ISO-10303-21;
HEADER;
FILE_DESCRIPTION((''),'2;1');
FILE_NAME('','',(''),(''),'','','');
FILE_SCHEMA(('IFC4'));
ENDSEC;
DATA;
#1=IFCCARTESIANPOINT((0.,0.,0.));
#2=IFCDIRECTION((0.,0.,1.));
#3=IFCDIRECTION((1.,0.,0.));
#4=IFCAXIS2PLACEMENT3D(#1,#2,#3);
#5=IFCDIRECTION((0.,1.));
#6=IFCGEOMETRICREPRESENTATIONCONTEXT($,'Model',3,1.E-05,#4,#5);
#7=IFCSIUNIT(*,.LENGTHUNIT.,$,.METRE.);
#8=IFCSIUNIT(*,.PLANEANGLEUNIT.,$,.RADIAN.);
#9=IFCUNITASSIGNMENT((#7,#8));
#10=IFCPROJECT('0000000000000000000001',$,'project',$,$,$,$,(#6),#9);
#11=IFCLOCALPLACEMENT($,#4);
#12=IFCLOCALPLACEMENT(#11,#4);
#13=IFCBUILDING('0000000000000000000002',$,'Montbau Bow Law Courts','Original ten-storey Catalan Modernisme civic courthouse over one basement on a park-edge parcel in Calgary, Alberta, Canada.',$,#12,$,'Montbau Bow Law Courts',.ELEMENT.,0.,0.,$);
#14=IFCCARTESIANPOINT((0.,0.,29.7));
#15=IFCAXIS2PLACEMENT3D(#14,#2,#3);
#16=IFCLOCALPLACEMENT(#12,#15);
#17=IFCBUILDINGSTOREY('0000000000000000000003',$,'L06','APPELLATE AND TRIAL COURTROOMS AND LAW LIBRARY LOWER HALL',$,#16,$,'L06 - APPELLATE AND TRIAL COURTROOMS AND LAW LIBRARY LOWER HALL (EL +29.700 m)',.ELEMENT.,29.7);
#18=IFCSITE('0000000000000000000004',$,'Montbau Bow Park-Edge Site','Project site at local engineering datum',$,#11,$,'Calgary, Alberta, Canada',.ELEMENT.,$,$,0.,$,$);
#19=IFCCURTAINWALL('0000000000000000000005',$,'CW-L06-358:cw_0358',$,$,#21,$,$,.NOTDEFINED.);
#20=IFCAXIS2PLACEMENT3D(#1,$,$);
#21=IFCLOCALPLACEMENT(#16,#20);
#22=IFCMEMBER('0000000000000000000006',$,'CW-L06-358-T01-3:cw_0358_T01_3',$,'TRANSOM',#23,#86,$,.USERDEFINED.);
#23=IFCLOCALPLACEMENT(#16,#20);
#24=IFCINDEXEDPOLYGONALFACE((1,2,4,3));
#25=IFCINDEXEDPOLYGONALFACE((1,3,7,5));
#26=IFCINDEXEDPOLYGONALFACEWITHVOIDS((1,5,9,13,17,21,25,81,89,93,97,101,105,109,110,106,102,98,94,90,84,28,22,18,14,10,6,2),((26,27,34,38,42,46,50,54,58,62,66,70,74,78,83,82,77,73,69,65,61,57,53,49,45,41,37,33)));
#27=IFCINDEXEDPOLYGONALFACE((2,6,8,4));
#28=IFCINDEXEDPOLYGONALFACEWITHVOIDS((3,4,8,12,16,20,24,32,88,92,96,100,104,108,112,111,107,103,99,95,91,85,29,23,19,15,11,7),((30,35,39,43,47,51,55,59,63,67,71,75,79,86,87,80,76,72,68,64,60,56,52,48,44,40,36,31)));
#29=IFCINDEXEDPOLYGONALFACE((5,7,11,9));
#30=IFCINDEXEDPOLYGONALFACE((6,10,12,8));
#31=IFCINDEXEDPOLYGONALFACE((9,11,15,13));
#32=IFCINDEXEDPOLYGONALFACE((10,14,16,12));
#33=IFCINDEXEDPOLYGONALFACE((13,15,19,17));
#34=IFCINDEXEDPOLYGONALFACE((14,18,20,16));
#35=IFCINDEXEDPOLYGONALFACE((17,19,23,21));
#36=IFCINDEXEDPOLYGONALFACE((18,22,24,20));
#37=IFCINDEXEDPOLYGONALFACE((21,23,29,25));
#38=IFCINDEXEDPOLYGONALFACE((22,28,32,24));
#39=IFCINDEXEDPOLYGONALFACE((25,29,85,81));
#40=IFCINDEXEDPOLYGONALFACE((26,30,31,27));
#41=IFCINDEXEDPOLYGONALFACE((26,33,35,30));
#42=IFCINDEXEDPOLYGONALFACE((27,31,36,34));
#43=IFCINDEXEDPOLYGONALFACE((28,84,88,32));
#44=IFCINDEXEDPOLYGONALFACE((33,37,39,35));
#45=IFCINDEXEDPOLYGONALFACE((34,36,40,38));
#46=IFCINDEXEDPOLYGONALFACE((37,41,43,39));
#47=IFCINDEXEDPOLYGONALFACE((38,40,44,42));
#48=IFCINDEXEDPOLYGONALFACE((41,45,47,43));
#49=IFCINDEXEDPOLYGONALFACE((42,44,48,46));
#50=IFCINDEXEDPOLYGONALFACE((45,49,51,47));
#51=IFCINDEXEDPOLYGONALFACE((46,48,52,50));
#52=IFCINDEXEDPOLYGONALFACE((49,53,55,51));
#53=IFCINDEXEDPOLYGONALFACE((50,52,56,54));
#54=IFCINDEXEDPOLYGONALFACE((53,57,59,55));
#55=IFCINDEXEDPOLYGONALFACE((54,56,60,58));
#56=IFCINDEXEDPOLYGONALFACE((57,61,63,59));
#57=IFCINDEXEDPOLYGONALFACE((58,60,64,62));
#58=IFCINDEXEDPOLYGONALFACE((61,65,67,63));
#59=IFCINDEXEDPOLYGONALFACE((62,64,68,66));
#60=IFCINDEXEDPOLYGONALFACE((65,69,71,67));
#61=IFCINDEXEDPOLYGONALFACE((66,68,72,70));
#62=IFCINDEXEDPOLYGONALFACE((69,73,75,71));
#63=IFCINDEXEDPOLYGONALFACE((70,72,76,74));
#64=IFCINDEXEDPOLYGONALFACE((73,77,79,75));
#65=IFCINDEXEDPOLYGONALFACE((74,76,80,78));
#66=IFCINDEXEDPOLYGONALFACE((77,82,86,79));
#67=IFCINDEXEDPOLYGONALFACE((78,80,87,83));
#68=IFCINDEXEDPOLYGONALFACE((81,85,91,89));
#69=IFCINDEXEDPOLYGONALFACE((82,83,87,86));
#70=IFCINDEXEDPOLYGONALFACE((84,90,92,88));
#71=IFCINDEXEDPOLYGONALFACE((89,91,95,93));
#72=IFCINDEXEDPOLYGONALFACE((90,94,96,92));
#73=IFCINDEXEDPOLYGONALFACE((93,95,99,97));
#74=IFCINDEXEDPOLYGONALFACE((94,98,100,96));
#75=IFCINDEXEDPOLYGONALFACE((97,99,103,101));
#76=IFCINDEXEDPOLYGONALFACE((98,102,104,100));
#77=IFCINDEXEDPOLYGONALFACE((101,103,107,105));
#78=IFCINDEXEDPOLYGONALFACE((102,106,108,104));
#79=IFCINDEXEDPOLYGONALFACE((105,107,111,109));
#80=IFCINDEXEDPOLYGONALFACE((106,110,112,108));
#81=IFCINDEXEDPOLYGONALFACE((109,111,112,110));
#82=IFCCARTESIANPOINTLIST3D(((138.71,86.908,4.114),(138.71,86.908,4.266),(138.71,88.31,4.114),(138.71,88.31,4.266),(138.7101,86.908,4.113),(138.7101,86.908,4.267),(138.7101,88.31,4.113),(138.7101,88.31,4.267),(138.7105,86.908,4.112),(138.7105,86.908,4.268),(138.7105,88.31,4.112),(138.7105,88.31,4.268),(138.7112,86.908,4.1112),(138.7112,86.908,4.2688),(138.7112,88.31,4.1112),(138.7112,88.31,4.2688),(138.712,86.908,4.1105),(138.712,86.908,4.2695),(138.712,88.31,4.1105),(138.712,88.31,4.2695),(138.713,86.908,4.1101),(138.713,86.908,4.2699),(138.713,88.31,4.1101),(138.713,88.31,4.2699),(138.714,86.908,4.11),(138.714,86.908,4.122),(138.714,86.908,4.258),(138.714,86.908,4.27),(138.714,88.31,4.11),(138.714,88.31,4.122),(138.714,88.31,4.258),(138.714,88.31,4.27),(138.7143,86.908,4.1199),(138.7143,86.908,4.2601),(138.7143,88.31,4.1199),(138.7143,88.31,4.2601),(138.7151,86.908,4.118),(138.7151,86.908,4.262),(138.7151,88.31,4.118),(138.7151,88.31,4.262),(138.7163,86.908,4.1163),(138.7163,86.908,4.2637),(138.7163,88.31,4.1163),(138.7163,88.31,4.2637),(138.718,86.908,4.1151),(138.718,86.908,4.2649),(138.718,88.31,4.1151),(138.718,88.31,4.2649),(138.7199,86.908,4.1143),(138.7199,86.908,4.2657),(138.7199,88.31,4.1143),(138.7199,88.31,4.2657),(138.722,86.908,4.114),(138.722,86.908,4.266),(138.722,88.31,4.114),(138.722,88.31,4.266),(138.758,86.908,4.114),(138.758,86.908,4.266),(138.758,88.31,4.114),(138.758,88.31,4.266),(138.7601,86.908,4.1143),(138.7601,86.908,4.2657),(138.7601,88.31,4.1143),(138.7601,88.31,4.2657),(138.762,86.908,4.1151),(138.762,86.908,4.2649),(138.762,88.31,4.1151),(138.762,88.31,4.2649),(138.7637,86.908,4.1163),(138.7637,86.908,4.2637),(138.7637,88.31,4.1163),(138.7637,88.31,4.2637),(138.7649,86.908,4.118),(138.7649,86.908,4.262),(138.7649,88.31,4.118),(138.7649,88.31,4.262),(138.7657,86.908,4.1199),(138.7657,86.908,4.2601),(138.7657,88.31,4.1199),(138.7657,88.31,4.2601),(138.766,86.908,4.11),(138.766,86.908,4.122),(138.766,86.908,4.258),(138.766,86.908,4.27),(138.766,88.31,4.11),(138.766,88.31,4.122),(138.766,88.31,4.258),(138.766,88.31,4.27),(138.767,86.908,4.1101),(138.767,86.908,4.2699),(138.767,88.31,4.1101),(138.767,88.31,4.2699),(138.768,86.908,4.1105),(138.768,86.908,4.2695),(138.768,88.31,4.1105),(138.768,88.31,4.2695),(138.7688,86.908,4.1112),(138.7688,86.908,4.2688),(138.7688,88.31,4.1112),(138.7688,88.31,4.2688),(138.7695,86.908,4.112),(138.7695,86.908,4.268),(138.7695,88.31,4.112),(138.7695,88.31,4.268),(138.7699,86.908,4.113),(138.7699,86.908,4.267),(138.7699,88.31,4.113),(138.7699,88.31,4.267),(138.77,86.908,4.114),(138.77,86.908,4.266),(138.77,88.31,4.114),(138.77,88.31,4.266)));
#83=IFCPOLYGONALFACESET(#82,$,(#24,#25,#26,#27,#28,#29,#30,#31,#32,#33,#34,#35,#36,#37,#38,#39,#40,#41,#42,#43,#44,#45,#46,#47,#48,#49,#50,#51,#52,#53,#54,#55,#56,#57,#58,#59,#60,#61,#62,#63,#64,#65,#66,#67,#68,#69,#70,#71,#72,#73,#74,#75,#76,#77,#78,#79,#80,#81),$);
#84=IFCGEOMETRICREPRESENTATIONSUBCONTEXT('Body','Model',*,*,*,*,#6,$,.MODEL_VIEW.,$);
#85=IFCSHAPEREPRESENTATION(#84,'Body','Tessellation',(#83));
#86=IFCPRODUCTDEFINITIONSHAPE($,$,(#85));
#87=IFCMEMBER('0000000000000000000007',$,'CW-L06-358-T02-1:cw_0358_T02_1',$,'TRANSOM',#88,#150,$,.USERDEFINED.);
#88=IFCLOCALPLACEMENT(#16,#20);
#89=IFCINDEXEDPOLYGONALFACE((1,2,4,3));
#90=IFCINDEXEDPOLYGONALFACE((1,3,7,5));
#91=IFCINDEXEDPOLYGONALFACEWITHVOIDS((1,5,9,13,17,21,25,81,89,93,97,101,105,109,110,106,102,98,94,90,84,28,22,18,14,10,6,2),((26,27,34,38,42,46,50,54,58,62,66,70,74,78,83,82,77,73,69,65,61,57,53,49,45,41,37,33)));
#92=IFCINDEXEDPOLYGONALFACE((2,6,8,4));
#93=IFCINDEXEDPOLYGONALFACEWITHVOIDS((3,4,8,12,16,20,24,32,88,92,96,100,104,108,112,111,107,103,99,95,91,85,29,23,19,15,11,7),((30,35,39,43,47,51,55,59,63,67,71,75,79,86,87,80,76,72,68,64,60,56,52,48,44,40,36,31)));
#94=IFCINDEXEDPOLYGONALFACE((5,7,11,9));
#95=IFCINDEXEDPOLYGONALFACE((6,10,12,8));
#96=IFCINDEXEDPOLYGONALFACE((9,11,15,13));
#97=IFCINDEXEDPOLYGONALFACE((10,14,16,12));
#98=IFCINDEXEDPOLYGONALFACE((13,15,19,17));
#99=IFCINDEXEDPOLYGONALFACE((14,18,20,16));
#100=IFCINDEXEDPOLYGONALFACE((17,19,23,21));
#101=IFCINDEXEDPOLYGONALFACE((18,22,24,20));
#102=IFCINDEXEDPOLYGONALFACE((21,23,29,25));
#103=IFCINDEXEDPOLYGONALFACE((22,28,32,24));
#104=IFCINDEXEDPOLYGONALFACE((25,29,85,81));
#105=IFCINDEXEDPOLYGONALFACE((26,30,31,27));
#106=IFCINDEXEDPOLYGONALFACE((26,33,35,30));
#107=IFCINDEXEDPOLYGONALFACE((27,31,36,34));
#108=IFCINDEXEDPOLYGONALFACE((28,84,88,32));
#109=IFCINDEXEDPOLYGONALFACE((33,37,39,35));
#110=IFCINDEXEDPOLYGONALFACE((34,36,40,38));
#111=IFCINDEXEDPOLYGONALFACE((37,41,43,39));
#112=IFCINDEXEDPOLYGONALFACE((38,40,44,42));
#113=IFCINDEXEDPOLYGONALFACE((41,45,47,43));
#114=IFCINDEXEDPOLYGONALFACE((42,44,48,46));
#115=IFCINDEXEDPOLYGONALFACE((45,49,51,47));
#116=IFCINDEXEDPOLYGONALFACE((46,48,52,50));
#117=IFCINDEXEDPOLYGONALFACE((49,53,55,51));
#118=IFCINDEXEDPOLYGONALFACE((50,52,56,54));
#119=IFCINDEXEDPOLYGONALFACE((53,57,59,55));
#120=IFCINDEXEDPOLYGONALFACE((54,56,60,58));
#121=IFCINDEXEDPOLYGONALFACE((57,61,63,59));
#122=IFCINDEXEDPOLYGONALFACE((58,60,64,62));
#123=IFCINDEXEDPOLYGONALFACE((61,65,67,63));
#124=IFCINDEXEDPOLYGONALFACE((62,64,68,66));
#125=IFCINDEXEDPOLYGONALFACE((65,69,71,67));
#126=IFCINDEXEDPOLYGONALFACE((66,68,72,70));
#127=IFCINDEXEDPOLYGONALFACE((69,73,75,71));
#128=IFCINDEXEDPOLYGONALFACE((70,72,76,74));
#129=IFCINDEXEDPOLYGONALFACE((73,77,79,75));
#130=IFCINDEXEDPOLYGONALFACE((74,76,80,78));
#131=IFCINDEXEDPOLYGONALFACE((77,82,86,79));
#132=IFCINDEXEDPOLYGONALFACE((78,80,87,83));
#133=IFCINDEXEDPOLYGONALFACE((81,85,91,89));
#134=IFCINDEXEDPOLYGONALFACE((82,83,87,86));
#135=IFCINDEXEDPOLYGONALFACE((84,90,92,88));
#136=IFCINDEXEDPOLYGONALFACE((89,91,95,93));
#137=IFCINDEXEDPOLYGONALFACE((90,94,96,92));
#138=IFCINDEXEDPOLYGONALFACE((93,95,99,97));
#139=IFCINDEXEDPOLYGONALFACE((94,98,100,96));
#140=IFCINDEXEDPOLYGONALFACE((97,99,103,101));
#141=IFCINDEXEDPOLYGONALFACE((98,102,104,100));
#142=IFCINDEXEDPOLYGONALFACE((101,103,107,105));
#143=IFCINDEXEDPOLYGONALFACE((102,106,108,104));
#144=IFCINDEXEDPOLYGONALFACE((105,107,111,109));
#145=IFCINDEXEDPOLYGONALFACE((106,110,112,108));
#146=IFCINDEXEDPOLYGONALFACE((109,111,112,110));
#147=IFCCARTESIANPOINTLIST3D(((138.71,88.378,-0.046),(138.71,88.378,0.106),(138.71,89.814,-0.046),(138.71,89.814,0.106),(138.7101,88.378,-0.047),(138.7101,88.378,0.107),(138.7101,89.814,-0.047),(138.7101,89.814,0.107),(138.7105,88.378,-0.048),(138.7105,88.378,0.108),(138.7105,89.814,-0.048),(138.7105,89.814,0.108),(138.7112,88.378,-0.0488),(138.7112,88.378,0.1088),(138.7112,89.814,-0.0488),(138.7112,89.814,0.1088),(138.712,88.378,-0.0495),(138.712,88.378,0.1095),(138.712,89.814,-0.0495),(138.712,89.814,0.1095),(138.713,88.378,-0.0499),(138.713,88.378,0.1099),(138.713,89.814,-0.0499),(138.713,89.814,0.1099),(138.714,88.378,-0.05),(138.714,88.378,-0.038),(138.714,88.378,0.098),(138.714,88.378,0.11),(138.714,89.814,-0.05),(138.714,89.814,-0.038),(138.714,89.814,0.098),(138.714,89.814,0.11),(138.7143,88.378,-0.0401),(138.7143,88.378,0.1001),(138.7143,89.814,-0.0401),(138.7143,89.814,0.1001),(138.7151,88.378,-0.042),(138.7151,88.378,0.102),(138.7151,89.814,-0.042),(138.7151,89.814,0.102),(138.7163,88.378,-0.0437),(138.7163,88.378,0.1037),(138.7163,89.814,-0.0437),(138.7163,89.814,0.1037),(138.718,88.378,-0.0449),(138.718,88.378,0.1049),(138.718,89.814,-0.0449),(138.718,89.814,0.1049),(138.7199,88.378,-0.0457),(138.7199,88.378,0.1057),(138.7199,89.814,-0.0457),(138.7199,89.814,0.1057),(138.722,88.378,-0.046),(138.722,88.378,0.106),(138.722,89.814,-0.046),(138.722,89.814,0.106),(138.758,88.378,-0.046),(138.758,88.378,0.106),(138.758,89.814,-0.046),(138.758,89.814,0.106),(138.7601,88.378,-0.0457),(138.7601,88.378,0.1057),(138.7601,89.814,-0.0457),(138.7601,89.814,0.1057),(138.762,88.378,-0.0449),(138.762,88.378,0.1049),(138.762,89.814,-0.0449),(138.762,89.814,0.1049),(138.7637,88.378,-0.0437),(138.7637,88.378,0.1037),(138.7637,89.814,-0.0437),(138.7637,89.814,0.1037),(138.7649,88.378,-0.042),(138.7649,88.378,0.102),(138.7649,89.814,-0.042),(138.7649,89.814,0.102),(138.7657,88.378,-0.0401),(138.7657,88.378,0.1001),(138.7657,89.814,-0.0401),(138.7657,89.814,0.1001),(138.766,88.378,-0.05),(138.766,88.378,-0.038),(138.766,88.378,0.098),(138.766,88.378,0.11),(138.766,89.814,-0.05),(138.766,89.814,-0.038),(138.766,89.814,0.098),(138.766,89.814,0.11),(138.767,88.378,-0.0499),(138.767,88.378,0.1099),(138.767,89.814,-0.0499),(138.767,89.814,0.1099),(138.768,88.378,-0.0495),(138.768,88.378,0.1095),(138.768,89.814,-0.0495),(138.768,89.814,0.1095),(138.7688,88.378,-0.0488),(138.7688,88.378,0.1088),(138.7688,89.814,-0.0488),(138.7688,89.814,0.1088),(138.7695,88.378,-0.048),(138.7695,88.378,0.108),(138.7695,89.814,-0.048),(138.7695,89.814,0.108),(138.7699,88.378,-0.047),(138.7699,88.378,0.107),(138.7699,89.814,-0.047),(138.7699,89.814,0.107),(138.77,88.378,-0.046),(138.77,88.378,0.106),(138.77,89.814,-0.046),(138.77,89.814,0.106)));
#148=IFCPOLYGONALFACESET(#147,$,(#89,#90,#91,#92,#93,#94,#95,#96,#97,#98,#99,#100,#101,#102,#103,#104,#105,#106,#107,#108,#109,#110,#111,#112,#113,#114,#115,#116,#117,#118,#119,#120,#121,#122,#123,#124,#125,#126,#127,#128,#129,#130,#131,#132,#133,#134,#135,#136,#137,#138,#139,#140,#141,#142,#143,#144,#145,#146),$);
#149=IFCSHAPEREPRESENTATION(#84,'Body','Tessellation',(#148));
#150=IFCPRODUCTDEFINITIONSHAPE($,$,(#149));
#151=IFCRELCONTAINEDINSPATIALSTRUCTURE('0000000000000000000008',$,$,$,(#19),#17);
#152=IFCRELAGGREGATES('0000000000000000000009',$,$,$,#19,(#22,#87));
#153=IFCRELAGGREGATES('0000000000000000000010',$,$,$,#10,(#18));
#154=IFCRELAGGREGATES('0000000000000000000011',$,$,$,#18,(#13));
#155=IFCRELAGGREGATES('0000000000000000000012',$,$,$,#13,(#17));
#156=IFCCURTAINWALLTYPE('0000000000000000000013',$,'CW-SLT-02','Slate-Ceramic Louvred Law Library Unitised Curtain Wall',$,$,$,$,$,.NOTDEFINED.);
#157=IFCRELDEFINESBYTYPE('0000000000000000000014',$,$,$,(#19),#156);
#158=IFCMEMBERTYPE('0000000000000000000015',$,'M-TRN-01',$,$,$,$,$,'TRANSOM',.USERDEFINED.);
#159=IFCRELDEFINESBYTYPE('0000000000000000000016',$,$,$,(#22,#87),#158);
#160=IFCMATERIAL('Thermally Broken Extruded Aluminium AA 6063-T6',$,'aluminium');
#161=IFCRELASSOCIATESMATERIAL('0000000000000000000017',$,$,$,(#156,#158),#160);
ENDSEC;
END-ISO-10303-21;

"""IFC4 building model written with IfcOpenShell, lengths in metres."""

from ifc_helpers import new_model, si_unit, direction, frame, origin_with_axes, origin_2d_with_axis, place, context, subcontext, project, spatial, hollow_rectangle, extrude, material, material_profile, profile_set, type_object, element, aggregate, save


model = new_model("IFC4")

# Units and contexts
model_context = context("Model", 3, precision=1e-05, world=origin_with_axes(), true_north=direction((0.0, 1.0)))
body_context = subcontext(model_context, "Body", "Model", "MODEL_VIEW")
ifc_project = project(units=[si_unit("LENGTHUNIT", "METRE"), si_unit("PLANEANGLEUNIT", "RADIAN")], contexts=[model_context])

# Site, building, storey
site_placement = place(None, origin_with_axes())
site = spatial("IfcSite", under=ifc_project, at=site_placement, Name="Montbau Bow Park-Edge Site", Description="Project site at local engineering datum", LongName="Calgary, Alberta, Canada", CompositionType="ELEMENT", RefElevation=0.0)
building_placement = place(site_placement, origin_with_axes())
building = spatial("IfcBuilding", under=site, at=building_placement, Name="Montbau Bow Law Courts", Description="Original ten-storey Catalan Modernisme civic courthouse over one basement on a park-edge parcel in Calgary, Alberta, Canada.", LongName="Montbau Bow Law Courts", CompositionType="ELEMENT", ElevationOfRefHeight=0.0, ElevationOfTerrain=0.0)
storey_placement = place(building_placement, frame((0.0, 0.0, 29.7), z_axis=(0.0, 0.0, 1.0), x_axis=(1.0, 0.0, 0.0)))
storey = spatial("IfcBuildingStorey", under=building, at=storey_placement, Name="L06", Description="APPELLATE AND TRIAL COURTROOMS AND LAW LIBRARY LOWER HALL", LongName="L06 - APPELLATE AND TRIAL COURTROOMS AND LAW LIBRARY LOWER HALL (EL +29.700 m)", CompositionType="ELEMENT", Elevation=29.7)

# Shared definitions
ifc_material_1 = material(Name="Thermally Broken Extruded Aluminium AA 6063-T6", Category="aluminium")
curtain_wall_type = type_object("IfcCurtainWallType", Name="CW-SLT-02", Description="Slate-Ceramic Louvred Law Library Unitised Curtain Wall", PredefinedType="NOTDEFINED", material=ifc_material_1)

# Curtain wall, members
curtain_wall_1_placement = place(None, frame((138.74, 86.84, 29.7), z_axis=(0.0, 0.0, 1.0), x_axis=(1.0, 0.0, 0.0)))
curtain_wall_1 = element("IfcCurtainWall", 1, at=curtain_wall_1_placement, inside=storey, type_object=curtain_wall_type, Name="CW-L06-358:cw_0358", PredefinedType="NOTDEFINED")
ifc_material_profile_1 = material_profile(ifc_material_1, hollow_rectangle(XDim=0.06, YDim=0.16, WallThickness=0.004, InnerFilletRadius=0.008, OuterFilletRadius=0.004, at=origin_2d_with_axis()), Name="CWT-160X60", Category="Main", Priority=0)
ifc_profile_set_1 = profile_set([ifc_material_profile_1], Name="Thermally Broken Extruded Aluminium AA 6063-T6")
member_type_1 = type_object("IfcMemberType", Name="M-TRN-01", ElementType="TRANSOM", PredefinedType="USERDEFINED", material=ifc_profile_set_1)
member_1_placement = place(None, frame((138.74, 86.908, 33.89), z_axis=(0.0, 1.0, 0.0), x_axis=(-1.0, 0.0, 0.0)))
member_1 = element("IfcMember", 2, at=member_1_placement, type_object=member_type_1, Name="CW-L06-358-T01-3:cw_0358_T01_3", ObjectType="TRANSOM", PredefinedType="USERDEFINED", context=body_context, shape_type="SweptSolid", body=[
    extrude(hollow_rectangle(XDim=0.06, YDim=0.16, WallThickness=0.004, InnerFilletRadius=0.008, OuterFilletRadius=0.004, at=origin_2d_with_axis()), origin_with_axes(), (0.0, 0.0, 1.0), 1.402),
])
member_2_placement = place(None, frame((138.74, 88.378, 29.73), z_axis=(0.0, 1.0, 0.0), x_axis=(-1.0, 0.0, 0.0)))
member_2 = element("IfcMember", 3, at=member_2_placement, type_object=member_type_1, Name="CW-L06-358-T02-1:cw_0358_T02_1", ObjectType="TRANSOM", PredefinedType="USERDEFINED", context=body_context, shape_type="SweptSolid", body=[
    extrude(hollow_rectangle(XDim=0.06, YDim=0.16, WallThickness=0.004, InnerFilletRadius=0.008, OuterFilletRadius=0.004, at=origin_2d_with_axis()), origin_with_axes(), (0.0, 0.0, 1.0), 1.436),
])
aggregate(curtain_wall_1, [member_1, member_2])

save(model, "model.ifc")
